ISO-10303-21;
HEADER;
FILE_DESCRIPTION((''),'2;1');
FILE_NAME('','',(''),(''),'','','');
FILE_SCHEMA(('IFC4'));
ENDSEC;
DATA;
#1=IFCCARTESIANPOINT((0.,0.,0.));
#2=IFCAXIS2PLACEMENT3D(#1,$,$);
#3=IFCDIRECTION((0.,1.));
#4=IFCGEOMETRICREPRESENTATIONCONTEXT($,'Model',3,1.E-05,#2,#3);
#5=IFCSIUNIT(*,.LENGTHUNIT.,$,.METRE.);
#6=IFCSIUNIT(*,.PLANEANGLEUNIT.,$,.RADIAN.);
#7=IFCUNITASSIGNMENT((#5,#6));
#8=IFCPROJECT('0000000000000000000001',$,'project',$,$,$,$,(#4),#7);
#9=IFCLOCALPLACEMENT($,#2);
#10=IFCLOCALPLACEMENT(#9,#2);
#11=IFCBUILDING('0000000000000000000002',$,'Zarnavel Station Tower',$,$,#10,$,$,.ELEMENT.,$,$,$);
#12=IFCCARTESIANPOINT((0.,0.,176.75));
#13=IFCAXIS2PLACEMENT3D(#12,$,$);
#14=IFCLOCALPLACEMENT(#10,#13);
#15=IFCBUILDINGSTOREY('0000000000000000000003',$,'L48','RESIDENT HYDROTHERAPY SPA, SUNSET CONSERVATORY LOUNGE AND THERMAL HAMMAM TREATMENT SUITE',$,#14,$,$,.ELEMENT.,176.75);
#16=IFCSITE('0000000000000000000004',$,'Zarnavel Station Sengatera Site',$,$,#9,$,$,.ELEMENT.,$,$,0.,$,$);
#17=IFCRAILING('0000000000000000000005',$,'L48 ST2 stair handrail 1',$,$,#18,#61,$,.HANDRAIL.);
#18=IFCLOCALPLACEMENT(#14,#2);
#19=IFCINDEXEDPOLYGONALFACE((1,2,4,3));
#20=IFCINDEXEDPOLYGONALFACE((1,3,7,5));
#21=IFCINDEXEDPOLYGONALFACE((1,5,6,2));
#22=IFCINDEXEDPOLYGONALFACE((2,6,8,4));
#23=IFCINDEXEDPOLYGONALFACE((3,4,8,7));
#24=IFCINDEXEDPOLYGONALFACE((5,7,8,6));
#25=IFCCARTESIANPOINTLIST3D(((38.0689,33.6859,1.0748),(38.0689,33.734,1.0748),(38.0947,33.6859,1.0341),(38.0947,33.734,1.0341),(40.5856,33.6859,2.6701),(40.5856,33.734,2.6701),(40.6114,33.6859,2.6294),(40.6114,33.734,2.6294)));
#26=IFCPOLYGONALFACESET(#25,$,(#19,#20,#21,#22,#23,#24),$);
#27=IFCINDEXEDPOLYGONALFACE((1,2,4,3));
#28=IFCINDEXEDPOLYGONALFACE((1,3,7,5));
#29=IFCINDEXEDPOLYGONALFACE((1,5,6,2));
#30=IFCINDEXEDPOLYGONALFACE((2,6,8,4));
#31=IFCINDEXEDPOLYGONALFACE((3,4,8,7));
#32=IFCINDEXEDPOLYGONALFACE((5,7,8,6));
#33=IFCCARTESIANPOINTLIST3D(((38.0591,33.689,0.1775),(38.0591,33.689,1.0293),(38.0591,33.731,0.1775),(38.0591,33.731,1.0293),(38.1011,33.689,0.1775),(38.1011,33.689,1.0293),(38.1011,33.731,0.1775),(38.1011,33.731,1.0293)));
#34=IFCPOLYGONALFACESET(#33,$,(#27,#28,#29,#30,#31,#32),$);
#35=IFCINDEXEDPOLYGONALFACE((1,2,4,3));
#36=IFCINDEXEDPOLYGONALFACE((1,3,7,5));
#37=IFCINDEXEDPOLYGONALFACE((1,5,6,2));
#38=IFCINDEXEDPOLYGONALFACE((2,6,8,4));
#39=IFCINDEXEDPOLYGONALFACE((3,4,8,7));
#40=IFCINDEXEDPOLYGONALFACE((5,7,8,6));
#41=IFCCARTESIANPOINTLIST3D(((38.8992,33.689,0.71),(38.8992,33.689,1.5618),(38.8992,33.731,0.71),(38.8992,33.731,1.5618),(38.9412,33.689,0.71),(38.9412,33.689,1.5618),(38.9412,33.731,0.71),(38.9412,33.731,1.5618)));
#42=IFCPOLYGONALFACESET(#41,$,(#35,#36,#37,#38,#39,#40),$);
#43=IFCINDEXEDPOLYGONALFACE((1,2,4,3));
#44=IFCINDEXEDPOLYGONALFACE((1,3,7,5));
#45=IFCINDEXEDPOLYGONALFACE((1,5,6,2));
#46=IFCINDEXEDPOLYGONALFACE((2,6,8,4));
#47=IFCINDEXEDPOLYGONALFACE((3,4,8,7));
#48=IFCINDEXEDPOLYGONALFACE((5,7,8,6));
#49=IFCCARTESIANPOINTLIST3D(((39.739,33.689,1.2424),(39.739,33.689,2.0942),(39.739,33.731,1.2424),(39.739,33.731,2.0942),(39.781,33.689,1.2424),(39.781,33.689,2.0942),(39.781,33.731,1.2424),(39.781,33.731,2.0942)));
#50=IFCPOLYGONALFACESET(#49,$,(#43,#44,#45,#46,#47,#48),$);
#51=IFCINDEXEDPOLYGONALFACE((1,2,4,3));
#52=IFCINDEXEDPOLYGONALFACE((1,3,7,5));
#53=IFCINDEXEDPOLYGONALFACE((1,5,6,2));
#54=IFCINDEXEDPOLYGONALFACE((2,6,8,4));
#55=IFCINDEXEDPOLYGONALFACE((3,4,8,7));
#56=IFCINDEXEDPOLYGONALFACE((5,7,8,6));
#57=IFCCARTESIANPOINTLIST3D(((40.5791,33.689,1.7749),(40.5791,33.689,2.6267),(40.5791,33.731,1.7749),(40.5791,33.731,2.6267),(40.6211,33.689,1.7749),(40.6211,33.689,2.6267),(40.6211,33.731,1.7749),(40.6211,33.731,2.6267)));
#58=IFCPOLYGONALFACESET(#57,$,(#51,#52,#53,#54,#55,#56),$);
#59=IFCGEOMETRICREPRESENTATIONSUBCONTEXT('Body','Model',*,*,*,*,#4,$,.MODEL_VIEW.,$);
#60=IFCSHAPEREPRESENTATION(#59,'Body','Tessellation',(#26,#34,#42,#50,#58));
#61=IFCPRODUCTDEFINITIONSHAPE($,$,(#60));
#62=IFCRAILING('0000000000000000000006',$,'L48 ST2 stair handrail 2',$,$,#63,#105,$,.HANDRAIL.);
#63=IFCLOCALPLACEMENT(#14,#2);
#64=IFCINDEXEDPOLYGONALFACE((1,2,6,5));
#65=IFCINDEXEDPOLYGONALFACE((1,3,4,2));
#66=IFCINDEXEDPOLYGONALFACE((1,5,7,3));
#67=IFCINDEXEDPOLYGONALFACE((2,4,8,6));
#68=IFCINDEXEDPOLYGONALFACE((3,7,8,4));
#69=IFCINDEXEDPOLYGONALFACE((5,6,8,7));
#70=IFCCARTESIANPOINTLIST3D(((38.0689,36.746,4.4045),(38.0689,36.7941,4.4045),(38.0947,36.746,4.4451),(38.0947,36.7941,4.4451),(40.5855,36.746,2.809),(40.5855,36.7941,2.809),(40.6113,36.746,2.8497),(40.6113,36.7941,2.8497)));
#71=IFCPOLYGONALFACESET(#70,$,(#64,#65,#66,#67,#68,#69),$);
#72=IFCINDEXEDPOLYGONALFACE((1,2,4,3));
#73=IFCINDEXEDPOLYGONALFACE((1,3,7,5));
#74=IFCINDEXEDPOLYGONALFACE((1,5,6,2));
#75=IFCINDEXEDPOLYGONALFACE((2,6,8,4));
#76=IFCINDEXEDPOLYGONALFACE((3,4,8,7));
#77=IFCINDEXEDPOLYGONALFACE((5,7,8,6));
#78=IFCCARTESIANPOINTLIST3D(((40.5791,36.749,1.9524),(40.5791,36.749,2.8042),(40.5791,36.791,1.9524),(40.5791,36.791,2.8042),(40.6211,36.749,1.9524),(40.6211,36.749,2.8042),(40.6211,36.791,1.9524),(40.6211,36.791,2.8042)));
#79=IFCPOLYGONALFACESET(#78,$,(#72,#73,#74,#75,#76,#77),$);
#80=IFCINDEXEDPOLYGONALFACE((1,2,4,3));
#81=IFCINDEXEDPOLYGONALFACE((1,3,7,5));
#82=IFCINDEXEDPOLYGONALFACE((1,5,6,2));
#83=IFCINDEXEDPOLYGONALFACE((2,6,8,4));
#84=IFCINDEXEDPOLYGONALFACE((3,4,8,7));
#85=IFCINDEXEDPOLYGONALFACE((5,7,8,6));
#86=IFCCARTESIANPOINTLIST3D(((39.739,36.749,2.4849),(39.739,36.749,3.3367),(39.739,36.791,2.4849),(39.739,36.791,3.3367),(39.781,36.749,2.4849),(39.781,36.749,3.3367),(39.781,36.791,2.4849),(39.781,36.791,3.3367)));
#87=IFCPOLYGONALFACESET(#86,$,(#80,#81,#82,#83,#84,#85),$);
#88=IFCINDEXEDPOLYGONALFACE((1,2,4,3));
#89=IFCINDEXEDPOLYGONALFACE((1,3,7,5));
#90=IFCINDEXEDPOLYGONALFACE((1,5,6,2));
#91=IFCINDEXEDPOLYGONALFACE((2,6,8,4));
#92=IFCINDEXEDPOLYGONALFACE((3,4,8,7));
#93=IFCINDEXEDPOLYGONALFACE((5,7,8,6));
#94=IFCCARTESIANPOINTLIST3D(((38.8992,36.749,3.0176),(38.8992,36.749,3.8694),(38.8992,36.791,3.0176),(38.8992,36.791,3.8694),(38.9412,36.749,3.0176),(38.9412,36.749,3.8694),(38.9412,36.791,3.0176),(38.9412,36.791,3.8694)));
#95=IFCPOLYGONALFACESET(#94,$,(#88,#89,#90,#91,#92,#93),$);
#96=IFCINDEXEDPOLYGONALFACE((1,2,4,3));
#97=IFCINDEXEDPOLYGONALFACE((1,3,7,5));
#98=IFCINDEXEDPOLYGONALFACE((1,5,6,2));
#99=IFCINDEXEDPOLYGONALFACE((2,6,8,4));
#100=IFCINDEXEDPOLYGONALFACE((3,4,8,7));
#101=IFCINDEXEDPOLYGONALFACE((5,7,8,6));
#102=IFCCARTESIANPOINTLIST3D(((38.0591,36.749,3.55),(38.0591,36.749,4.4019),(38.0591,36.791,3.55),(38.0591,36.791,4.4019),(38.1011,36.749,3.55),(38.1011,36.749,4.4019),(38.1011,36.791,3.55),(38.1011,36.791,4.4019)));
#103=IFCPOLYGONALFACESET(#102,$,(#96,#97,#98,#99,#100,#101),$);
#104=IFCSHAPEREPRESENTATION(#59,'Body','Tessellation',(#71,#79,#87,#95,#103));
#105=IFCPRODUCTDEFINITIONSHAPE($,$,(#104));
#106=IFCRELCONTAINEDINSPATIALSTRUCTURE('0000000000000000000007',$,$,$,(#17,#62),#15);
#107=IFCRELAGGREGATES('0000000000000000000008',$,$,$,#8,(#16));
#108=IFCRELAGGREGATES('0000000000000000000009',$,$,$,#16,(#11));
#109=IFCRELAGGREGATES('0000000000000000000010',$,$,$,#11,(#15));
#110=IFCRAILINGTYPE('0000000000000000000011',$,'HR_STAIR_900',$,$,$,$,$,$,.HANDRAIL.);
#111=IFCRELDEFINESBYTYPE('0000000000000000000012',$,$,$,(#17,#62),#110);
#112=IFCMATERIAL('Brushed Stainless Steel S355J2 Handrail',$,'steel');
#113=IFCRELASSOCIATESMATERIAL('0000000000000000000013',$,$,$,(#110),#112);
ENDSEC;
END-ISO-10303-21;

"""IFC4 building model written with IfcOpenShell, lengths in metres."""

from ifc_helpers import new_model, si_unit, direction, frame, origin, origin_2d, place, context, subcontext, project, spatial, rectangle, extrude, material, type_object, element, save


model = new_model("IFC4")

# Units and contexts
model_context = context("Model", 3, precision=1e-05, world=origin(), true_north=direction((0.0, 1.0)))
body_context = subcontext(model_context, "Body", "Model", "MODEL_VIEW")
ifc_project = project(units=[si_unit("LENGTHUNIT", "METRE"), si_unit("PLANEANGLEUNIT", "RADIAN")], contexts=[model_context])

# Site, building, storey
site_placement = place(None, origin())
site = spatial("IfcSite", under=ifc_project, at=site_placement, Name="Zarnavel Station Sengatera Site", CompositionType="ELEMENT", RefElevation=0.0)
building_placement = place(site_placement, origin())
building = spatial("IfcBuilding", under=site, at=building_placement, Name="Zarnavel Station Tower", CompositionType="ELEMENT")
storey_placement = place(building_placement, frame((0.0, 0.0, 176.75)))
storey = spatial("IfcBuildingStorey", under=building, at=storey_placement, Name="L48", Description="RESIDENT HYDROTHERAPY SPA, SUNSET CONSERVATORY LOUNGE AND THERMAL HAMMAM TREATMENT SUITE", CompositionType="ELEMENT", Elevation=176.75)

# Railings
ifc_material_1 = material(Name="Brushed Stainless Steel S355J2 Handrail", Category="steel")
railing_type_1 = type_object("IfcRailingType", Name="HR_STAIR_900", PredefinedType="HANDRAIL", material=ifc_material_1)
railing_1_placement = place(storey_placement, frame((38.0801, 33.71, 0.1775)))
element("IfcRailing", 1, at=railing_1_placement, inside=storey, type_object=railing_type_1, Name="L48 ST2 stair handrail 1", PredefinedType="HANDRAIL", context=body_context, shape_type="SweptSolid", body=[
    extrude(rectangle(XDim=0.0481, YDim=0.0481, at=origin_2d()), frame((0.0017, 0.0, 0.877), z_axis=(0.844607, 0.0, 0.535387), x_axis=(0.0, 1.0, 0.0)), (0.0, 0.0, 1.0), 2.9797),
    extrude(rectangle(XDim=0.042, YDim=0.042, at=origin_2d()), origin(), (0.0, 0.0, 1.0), 0.8518),
    extrude(rectangle(XDim=0.042, YDim=0.042, at=origin_2d()), frame((0.8401, 0.0, 0.5325)), (0.0, 0.0, 1.0), 0.8518),
    extrude(rectangle(XDim=0.042, YDim=0.042, at=origin_2d()), frame((1.6799, 0.0, 1.0649)), (0.0, 0.0, 1.0), 0.8518),
    extrude(rectangle(XDim=0.042, YDim=0.042, at=origin_2d()), frame((2.52, 0.0, 1.5974)), (0.0, 0.0, 1.0), 0.8518),
])
railing_2_placement = place(storey_placement, frame((40.6001, 36.77, 1.9524)))
element("IfcRailing", 2, at=railing_2_placement, inside=storey, type_object=railing_type_1, Name="L48 ST2 stair handrail 2", PredefinedType="HANDRAIL", context=body_context, shape_type="SweptSolid", body=[
    extrude(rectangle(XDim=0.0481, YDim=0.0481, at=origin_2d()), frame((-0.0017, 0.0, 0.877), z_axis=(-0.84457, 0.0, 0.535445), x_axis=(0.0, -1.0, 0.0)), (0.0, 0.0, 1.0), 2.9797),
    extrude(rectangle(XDim=0.042, YDim=0.042, at=origin_2d()), origin(), (0.0, 0.0, 1.0), 0.8518),
    extrude(rectangle(XDim=0.042, YDim=0.042, at=origin_2d()), frame((-0.8401, 0.0, 0.5325)), (0.0, 0.0, 1.0), 0.8518),
    extrude(rectangle(XDim=0.042, YDim=0.042, at=origin_2d()), frame((-1.6799, 0.0, 1.0652)), (0.0, 0.0, 1.0), 0.8518),
    extrude(rectangle(XDim=0.042, YDim=0.042, at=origin_2d()), frame((-2.52, 0.0, 1.5977)), (0.0, 0.0, 1.0), 0.8518),
])

save(model, "model.ifc")
